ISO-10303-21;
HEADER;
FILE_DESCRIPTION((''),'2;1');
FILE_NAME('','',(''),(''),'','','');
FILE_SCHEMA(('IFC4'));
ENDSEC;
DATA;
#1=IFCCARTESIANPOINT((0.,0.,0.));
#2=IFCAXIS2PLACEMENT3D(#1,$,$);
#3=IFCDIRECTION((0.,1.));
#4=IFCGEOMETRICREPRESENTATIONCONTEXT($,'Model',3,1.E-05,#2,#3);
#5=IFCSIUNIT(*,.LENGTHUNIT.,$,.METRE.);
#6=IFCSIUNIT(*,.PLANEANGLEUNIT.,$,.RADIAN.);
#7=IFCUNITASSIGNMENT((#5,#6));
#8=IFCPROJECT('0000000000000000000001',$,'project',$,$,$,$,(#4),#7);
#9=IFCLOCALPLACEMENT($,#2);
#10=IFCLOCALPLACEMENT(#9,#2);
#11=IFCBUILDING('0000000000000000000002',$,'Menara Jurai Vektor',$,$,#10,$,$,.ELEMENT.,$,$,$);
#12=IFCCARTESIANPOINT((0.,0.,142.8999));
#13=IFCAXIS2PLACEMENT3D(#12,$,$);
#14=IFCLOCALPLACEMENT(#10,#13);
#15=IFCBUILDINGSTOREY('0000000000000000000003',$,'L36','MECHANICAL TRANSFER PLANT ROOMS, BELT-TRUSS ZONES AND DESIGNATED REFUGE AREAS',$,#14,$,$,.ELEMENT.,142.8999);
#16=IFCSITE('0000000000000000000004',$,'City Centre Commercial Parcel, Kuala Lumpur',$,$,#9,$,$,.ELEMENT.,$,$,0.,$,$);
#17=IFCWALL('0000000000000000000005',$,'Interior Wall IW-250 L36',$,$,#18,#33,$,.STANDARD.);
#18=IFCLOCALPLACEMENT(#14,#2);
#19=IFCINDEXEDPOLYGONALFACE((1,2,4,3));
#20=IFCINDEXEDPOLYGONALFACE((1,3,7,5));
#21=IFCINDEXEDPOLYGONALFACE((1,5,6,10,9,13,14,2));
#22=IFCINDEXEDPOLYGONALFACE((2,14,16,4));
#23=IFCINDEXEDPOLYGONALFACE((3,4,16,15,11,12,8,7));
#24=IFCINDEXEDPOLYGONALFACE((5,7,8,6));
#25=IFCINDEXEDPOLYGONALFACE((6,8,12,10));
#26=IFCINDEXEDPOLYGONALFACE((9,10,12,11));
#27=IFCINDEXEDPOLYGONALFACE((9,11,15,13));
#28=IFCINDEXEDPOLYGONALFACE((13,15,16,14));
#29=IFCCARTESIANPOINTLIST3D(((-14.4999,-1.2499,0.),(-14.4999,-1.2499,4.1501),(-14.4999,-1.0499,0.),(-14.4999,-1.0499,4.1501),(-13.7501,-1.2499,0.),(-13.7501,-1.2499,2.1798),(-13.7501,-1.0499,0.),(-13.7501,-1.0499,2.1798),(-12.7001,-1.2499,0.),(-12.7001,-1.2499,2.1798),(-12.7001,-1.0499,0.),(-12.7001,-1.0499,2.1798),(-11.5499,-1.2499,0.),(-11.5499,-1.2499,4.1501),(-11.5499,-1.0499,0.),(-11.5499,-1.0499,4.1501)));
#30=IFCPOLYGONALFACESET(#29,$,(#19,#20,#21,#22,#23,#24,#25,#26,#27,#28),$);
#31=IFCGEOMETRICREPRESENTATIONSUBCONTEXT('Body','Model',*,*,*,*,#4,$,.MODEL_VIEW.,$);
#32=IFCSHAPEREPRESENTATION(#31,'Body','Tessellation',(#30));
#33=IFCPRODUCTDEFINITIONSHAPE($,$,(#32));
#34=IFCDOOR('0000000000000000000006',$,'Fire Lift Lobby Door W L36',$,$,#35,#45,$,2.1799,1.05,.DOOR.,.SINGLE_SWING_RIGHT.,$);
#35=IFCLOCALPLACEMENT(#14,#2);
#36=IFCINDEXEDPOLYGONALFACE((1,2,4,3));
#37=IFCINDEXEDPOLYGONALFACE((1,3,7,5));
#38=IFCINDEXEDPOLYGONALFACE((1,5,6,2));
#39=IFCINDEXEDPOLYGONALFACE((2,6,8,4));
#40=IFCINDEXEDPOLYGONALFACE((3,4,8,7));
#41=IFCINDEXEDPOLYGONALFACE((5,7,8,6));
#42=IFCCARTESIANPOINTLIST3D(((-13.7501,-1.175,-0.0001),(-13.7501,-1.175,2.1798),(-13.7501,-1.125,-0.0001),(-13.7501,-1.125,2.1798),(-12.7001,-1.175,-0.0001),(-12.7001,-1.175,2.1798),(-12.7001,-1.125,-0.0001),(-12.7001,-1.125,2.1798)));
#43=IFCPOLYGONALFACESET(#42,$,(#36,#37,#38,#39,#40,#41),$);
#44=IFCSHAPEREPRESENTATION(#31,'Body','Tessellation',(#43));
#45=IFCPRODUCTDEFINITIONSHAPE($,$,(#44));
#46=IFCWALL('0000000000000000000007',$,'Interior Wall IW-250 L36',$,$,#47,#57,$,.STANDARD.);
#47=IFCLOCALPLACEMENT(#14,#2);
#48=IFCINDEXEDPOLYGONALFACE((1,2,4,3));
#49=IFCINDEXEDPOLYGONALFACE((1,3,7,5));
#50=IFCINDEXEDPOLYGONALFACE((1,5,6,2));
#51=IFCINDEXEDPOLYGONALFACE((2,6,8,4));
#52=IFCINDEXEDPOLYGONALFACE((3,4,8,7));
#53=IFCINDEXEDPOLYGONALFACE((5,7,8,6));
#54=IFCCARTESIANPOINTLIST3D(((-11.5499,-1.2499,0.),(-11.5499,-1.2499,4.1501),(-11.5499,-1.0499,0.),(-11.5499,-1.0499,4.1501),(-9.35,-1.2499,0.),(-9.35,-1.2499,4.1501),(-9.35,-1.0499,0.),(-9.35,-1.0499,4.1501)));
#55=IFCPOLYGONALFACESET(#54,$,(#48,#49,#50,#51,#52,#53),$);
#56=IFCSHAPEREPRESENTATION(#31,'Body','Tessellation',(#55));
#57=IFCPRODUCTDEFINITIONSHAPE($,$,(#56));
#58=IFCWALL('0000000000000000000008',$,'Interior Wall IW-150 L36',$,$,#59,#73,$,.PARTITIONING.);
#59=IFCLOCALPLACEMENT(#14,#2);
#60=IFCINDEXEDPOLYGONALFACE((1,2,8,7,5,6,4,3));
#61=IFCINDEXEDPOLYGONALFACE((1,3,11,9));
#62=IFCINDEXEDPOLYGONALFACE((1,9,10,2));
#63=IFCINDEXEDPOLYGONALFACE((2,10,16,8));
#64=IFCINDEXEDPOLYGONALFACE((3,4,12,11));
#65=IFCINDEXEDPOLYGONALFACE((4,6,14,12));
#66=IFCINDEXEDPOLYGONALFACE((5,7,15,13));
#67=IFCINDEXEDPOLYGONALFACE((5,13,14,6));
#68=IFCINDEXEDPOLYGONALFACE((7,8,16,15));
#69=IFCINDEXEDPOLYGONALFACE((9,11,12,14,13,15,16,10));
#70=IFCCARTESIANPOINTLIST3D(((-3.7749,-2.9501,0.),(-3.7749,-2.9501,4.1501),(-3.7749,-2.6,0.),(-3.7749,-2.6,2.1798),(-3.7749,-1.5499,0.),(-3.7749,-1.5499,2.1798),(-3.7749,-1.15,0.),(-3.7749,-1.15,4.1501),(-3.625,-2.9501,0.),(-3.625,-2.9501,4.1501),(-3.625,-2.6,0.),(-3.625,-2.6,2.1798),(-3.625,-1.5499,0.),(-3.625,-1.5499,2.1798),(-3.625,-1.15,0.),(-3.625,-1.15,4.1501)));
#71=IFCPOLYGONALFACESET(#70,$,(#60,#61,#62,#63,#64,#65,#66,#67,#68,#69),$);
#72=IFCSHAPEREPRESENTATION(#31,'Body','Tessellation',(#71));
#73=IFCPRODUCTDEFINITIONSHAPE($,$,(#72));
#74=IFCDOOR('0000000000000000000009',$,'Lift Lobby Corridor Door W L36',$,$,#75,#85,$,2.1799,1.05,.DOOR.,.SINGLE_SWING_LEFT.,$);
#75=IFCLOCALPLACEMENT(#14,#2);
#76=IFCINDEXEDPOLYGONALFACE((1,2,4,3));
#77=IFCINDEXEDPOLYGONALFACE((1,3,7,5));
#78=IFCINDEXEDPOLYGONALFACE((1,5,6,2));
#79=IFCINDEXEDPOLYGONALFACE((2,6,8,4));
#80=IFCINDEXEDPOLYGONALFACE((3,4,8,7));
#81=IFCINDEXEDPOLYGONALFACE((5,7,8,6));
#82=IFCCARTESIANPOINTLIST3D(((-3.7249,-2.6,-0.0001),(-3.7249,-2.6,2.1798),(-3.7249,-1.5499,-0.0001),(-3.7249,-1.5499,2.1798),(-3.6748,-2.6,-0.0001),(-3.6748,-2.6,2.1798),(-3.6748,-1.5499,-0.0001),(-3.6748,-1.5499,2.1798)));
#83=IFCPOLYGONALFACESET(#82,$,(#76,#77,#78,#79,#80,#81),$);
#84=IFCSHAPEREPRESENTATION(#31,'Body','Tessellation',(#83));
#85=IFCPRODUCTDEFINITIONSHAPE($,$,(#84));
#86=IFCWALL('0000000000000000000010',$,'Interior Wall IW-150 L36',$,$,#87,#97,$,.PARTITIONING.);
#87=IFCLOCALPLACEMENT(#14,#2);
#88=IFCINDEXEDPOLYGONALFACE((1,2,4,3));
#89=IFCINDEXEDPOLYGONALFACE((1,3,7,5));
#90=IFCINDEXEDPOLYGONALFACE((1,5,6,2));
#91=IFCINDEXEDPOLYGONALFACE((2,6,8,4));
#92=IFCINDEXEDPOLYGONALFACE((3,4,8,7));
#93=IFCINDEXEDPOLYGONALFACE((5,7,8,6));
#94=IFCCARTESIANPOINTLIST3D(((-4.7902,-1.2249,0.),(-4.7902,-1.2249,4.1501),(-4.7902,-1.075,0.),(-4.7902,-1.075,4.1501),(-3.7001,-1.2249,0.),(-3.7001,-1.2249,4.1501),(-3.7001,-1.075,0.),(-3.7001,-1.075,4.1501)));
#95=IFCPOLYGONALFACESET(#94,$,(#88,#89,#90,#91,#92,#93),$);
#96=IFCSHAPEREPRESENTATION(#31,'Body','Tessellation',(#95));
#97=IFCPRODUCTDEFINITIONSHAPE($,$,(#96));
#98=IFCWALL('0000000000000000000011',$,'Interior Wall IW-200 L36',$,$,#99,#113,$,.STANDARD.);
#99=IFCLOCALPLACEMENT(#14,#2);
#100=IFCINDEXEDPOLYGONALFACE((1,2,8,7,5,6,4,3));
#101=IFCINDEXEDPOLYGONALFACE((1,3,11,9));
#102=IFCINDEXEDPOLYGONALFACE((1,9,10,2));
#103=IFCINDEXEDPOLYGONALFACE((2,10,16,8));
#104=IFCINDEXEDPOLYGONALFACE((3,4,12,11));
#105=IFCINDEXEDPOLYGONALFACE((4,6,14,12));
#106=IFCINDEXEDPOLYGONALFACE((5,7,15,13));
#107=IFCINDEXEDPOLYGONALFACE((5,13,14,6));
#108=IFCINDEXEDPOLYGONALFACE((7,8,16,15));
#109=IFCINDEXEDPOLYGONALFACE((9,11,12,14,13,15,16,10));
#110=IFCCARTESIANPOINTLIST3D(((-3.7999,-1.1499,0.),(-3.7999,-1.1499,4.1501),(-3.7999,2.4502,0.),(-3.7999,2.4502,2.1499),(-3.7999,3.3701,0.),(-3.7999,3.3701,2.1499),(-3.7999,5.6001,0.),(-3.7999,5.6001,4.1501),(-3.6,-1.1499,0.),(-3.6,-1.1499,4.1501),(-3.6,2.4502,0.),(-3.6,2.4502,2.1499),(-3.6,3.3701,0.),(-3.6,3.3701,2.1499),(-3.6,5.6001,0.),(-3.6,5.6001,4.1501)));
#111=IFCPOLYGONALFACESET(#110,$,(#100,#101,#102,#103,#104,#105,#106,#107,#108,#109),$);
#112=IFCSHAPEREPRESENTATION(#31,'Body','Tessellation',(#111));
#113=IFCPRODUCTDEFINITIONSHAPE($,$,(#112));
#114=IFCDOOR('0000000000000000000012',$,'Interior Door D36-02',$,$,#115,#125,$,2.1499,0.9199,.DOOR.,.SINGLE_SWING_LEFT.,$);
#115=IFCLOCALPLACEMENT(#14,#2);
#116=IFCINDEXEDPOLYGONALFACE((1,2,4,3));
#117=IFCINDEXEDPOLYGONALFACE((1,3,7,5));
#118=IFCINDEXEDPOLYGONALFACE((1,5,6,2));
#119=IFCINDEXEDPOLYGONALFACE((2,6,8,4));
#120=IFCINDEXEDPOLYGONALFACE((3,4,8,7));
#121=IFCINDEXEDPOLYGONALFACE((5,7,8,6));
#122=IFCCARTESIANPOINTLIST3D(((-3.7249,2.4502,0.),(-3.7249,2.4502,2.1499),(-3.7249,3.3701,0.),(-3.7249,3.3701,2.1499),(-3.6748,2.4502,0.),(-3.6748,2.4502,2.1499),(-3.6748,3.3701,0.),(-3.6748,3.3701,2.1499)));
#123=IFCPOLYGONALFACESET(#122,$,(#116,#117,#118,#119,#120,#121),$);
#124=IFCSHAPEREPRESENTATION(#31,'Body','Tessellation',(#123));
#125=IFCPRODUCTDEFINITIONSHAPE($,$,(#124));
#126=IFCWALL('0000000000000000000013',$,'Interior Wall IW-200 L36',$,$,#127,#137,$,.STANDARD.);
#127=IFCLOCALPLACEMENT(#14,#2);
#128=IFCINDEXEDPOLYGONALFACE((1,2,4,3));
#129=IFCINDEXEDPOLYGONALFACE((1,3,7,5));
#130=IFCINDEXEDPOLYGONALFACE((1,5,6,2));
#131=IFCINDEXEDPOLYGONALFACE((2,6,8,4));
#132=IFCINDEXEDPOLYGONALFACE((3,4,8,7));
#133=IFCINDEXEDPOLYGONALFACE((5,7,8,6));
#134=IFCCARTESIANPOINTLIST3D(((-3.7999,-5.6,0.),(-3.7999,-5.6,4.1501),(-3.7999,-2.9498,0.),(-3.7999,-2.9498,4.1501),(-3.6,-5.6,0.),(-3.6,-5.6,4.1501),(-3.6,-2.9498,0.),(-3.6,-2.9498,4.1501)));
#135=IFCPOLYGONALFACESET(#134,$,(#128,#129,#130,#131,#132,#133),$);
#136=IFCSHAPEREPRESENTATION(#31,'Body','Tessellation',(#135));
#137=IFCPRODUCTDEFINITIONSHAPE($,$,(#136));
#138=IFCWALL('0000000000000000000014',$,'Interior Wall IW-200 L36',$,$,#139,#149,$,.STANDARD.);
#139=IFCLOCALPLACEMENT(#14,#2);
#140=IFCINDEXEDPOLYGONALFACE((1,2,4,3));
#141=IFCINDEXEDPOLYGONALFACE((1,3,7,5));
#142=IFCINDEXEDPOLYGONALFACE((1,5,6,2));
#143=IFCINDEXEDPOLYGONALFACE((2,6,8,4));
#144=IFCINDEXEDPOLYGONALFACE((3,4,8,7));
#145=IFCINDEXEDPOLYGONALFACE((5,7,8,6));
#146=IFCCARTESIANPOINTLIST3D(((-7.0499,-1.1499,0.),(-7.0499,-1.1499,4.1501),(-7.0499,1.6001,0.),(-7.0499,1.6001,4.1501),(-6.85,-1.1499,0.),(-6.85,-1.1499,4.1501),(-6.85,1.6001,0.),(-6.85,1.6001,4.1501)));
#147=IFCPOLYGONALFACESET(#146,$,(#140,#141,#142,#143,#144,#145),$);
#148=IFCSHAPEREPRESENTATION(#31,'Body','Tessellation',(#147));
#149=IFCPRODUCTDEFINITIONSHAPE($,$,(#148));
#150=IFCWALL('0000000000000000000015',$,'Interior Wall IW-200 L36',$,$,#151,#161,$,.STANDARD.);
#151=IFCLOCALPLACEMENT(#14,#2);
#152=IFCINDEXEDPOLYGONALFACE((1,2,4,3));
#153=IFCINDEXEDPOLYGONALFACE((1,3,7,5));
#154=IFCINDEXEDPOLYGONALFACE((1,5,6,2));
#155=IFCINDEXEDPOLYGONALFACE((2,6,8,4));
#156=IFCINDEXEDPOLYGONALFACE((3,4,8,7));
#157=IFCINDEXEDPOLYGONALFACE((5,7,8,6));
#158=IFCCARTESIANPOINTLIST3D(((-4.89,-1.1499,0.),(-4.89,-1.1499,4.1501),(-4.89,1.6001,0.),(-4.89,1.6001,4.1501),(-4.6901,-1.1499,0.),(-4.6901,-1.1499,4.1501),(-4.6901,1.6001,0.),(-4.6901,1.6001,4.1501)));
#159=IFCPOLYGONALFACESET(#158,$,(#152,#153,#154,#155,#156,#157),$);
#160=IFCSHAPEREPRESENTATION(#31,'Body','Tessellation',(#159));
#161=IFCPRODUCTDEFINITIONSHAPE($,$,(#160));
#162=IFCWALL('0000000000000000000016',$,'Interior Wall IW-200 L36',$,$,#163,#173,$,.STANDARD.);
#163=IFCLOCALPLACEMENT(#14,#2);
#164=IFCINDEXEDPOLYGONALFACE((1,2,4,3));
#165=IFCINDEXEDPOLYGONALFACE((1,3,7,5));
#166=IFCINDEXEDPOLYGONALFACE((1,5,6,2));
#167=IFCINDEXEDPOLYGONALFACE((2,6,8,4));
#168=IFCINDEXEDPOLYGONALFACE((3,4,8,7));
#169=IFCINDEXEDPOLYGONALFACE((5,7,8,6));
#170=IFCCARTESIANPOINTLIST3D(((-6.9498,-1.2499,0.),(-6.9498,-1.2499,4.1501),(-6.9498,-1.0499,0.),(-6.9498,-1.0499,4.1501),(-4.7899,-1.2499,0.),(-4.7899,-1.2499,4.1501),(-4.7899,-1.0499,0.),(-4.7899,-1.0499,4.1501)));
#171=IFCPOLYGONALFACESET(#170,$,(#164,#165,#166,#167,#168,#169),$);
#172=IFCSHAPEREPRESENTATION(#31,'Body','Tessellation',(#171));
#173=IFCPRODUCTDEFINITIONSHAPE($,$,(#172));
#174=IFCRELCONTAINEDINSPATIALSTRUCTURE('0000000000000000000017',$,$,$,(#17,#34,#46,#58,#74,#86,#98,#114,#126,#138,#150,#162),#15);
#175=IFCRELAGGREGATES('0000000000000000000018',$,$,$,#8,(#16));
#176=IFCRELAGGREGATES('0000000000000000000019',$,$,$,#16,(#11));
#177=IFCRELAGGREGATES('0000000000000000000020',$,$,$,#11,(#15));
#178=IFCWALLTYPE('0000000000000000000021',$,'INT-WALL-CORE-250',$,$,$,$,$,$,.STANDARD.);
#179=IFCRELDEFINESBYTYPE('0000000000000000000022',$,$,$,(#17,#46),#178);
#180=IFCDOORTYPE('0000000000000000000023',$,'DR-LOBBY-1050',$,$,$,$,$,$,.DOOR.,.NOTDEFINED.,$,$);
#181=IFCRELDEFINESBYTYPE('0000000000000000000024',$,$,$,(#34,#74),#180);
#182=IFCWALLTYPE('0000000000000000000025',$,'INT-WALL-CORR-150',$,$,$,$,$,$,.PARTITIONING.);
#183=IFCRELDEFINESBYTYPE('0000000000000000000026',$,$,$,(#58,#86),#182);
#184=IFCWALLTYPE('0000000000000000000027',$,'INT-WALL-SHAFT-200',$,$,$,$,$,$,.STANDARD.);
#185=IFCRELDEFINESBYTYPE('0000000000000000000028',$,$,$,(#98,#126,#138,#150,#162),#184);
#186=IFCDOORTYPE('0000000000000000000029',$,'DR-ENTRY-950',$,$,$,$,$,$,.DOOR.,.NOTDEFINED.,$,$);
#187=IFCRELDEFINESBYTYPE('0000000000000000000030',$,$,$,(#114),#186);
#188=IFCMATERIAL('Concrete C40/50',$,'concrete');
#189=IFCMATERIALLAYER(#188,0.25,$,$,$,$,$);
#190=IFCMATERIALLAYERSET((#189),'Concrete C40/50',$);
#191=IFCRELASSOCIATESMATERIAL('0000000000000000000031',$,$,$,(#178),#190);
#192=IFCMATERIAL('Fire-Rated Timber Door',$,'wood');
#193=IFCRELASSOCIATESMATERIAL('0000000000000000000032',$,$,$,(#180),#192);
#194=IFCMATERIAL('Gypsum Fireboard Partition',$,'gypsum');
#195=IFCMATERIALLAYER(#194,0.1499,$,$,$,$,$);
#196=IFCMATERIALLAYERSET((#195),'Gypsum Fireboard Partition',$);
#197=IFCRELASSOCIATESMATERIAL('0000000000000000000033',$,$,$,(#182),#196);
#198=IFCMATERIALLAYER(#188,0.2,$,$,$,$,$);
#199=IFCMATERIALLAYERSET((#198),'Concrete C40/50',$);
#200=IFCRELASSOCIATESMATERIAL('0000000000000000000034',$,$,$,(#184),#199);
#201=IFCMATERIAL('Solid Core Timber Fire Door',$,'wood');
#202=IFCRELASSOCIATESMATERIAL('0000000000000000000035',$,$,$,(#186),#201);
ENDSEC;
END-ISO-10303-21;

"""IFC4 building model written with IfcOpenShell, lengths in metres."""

from ifc_helpers import new_model, si_unit, direction, frame, frame_2d, origin, place, context, subcontext, project, spatial, rectangle, extrude, material, layer, layer_set, type_object, element, fill, save


model = new_model("IFC4")

# Units and contexts
model_context = context("Model", 3, precision=1e-05, world=origin(), true_north=direction((0.0, 1.0)))
body_context = subcontext(model_context, "Body", "Model", "MODEL_VIEW")
ifc_project = project(units=[si_unit("LENGTHUNIT", "METRE"), si_unit("PLANEANGLEUNIT", "RADIAN")], contexts=[model_context])

# Site, building, storey
site_placement = place(None, origin())
site = spatial("IfcSite", under=ifc_project, at=site_placement, Name="City Centre Commercial Parcel, Kuala Lumpur", CompositionType="ELEMENT", RefElevation=0.0)
building_placement = place(site_placement, origin())
building = spatial("IfcBuilding", under=site, at=building_placement, Name="Menara Jurai Vektor", CompositionType="ELEMENT")
storey_placement = place(building_placement, frame((0.0, 0.0, 142.8999)))
storey = spatial("IfcBuildingStorey", under=building, at=storey_placement, Name="L36", Description="MECHANICAL TRANSFER PLANT ROOMS, BELT-TRUSS ZONES AND DESIGNATED REFUGE AREAS", CompositionType="ELEMENT", Elevation=142.8999)

# Shared definitions
ifc_material_1 = material(Name="Concrete C40/50", Category="concrete")
ifc_layer_1 = layer(ifc_material_1, 0.25)
ifc_layer_set_1 = layer_set([ifc_layer_1], Name="Concrete C40/50")
wall_type_1 = type_object("IfcWallType", Name="INT-WALL-CORE-250", PredefinedType="STANDARD", material=ifc_layer_set_1)

# Wall, opening, door
wall_1_placement = place(storey_placement, frame((-14.5, -1.1499, 0.0), z_axis=(0.0, 0.0, 1.0), x_axis=(1.0, 0.0, 0.0)))
wall_1 = element("IfcWall", 1, at=wall_1_placement, inside=storey, type_object=wall_type_1, Name="Interior Wall IW-250 L36", PredefinedType="STANDARD", context=body_context, shape_type="SweptSolid", body=[
    extrude(rectangle(XDim=2.95, YDim=0.2, at=frame_2d((1.4751, 0.0))), origin(), (0.0, 0.0, 1.0), 4.1501),
])
opening_1_placement = place(wall_1_placement, frame((0.75, 0.0, 0.0)))
opening_1 = element("IfcOpeningElement", 2, at=opening_1_placement, cuts=wall_1, PredefinedType="OPENING", context=body_context, shape_type="SweptSolid", body=[
    extrude(rectangle(XDim=1.05, YDim=2.1799, at=frame_2d((0.5249, 1.0898))), frame((0.0, 0.1099, 0.0), z_axis=(0.0, -1.0, 0.0), x_axis=(1.0, 0.0, 0.0)), (0.0, 0.0, 1.0), 0.22),
])
ifc_material_2 = material(Name="Fire-Rated Timber Door", Category="wood")
door_type_1 = type_object("IfcDoorType", Name="DR-LOBBY-1050", OperationType="NOTDEFINED", PredefinedType="DOOR", material=ifc_material_2)
door_1_placement = place(opening_1_placement, origin())
door_1 = element("IfcDoor", 3, at=door_1_placement, inside=storey, type_object=door_type_1, Name="Fire Lift Lobby Door W L36", OperationType="SINGLE_SWING_RIGHT", OverallHeight=2.1799, OverallWidth=1.05, PredefinedType="DOOR", context=body_context, shape_type="SweptSolid", body=[
    extrude(rectangle(XDim=1.05, YDim=2.1799, at=frame_2d((0.5249, 1.0898))), frame((0.0, 0.0249, 0.0), z_axis=(0.0, -1.0, 0.0), x_axis=(1.0, 0.0, 0.0)), (0.0, 0.0, 1.0), 0.05),
])
fill(opening_1, door_1)

# Wall
wall_2_placement = place(storey_placement, frame((-11.55, -1.1499, 0.0), z_axis=(0.0, 0.0, 1.0), x_axis=(1.0, 0.0, 0.0)))
element("IfcWall", 4, at=wall_2_placement, inside=storey, type_object=wall_type_1, Name="Interior Wall IW-250 L36", PredefinedType="STANDARD", context=body_context, shape_type="SweptSolid", body=[
    extrude(rectangle(XDim=2.2, YDim=0.2, at=frame_2d((1.1001, 0.0))), origin(), (0.0, 0.0, 1.0), 4.1501),
])

# Wall, opening, door
ifc_material_3 = material(Name="Gypsum Fireboard Partition", Category="gypsum")
ifc_layer_2 = layer(ifc_material_3, 0.1499)
ifc_layer_set_2 = layer_set([ifc_layer_2], Name="Gypsum Fireboard Partition")
wall_type_2 = type_object("IfcWallType", Name="INT-WALL-CORR-150", PredefinedType="PARTITIONING", material=ifc_layer_set_2)
wall_3_placement = place(storey_placement, frame((-3.7, -2.95, 0.0), z_axis=(0.0, 0.0, 1.0), x_axis=(0.0, 1.0, 0.0)))
wall_3 = element("IfcWall", 5, at=wall_3_placement, inside=storey, type_object=wall_type_2, Name="Interior Wall IW-150 L36", PredefinedType="PARTITIONING", context=body_context, shape_type="SweptSolid", body=[
    extrude(rectangle(XDim=1.8, YDim=0.1499, at=frame_2d((0.8999, 0.0))), origin(), (0.0, 0.0, 1.0), 4.1501),
])
opening_2_placement = place(wall_3_placement, frame((0.3501, 0.0, 0.0)))
opening_2 = element("IfcOpeningElement", 6, at=opening_2_placement, cuts=wall_3, PredefinedType="OPENING", context=body_context, shape_type="SweptSolid", body=[
    extrude(rectangle(XDim=1.05, YDim=2.1799, at=frame_2d((0.5249, 1.0898))), frame((0.0, 0.085, 0.0), z_axis=(0.0, -1.0, 0.0), x_axis=(1.0, 0.0, 0.0)), (0.0, 0.0, 1.0), 0.1699),
])
door_2_placement = place(opening_2_placement, origin())
door_2 = element("IfcDoor", 7, at=door_2_placement, inside=storey, type_object=door_type_1, Name="Lift Lobby Corridor Door W L36", OperationType="SINGLE_SWING_LEFT", OverallHeight=2.1799, OverallWidth=1.05, PredefinedType="DOOR", context=body_context, shape_type="SweptSolid", body=[
    extrude(rectangle(XDim=1.05, YDim=2.1799, at=frame_2d((0.5249, 1.0898))), frame((0.0, 0.0249, 0.0), z_axis=(0.0, -1.0, 0.0), x_axis=(1.0, 0.0, 0.0)), (0.0, 0.0, 1.0), 0.05),
])
fill(opening_2, door_2)

# Wall
wall_4_placement = place(storey_placement, frame((-4.79, -1.1499, 0.0), z_axis=(0.0, 0.0, 1.0), x_axis=(1.0, 0.0, 0.0)))
element("IfcWall", 8, at=wall_4_placement, inside=storey, type_object=wall_type_2, Name="Interior Wall IW-150 L36", PredefinedType="PARTITIONING", context=body_context, shape_type="SweptSolid", body=[
    extrude(rectangle(XDim=1.0901, YDim=0.1499, at=frame_2d((0.5449, 0.0))), origin(), (0.0, 0.0, 1.0), 4.1501),
])

# Wall, opening, door
ifc_layer_3 = layer(ifc_material_1, 0.2)
ifc_layer_set_3 = layer_set([ifc_layer_3], Name="Concrete C40/50")
wall_type_3 = type_object("IfcWallType", Name="INT-WALL-SHAFT-200", PredefinedType="STANDARD", material=ifc_layer_set_3)
wall_5_placement = place(storey_placement, frame((-3.7, -1.1499, 0.0), z_axis=(0.0, 0.0, 1.0), x_axis=(0.0, 1.0, 0.0)))
wall_5 = element("IfcWall", 9, at=wall_5_placement, inside=storey, type_object=wall_type_3, Name="Interior Wall IW-200 L36", PredefinedType="STANDARD", context=body_context, shape_type="SweptSolid", body=[
    extrude(rectangle(XDim=6.75, YDim=0.2, at=frame_2d((3.375, 0.0))), origin(), (0.0, 0.0, 1.0), 4.1501),
])
opening_3_placement = place(wall_5_placement, frame((3.6001, 0.0, 0.0)))
opening_3 = element("IfcOpeningElement", 10, at=opening_3_placement, cuts=wall_5, PredefinedType="OPENING", context=body_context, shape_type="SweptSolid", body=[
    extrude(rectangle(XDim=0.9199, YDim=2.1499, at=frame_2d((0.46, 1.075))), frame((0.0, 0.1099, 0.0), z_axis=(0.0, -1.0, 0.0), x_axis=(1.0, 0.0, 0.0)), (0.0, 0.0, 1.0), 0.22),
])
ifc_material_4 = material(Name="Solid Core Timber Fire Door", Category="wood")
door_type_2 = type_object("IfcDoorType", Name="DR-ENTRY-950", OperationType="NOTDEFINED", PredefinedType="DOOR", material=ifc_material_4)
door_3_placement = place(opening_3_placement, origin())
door_3 = element("IfcDoor", 11, at=door_3_placement, inside=storey, type_object=door_type_2, Name="Interior Door D36-02", OperationType="SINGLE_SWING_LEFT", OverallHeight=2.1499, OverallWidth=0.9199, PredefinedType="DOOR", context=body_context, shape_type="SweptSolid", body=[
    extrude(rectangle(XDim=0.9199, YDim=2.1499, at=frame_2d((0.46, 1.075))), frame((0.0, 0.0249, 0.0), z_axis=(0.0, -1.0, 0.0), x_axis=(1.0, 0.0, 0.0)), (0.0, 0.0, 1.0), 0.05),
])
fill(opening_3, door_3)

# Walls
wall_6_placement = place(storey_placement, frame((-3.7, -5.6001, 0.0), z_axis=(0.0, 0.0, 1.0), x_axis=(0.0, 1.0, 0.0)))
element("IfcWall", 12, at=wall_6_placement, inside=storey, type_object=wall_type_3, Name="Interior Wall IW-200 L36", PredefinedType="STANDARD", context=body_context, shape_type="SweptSolid", body=[
    extrude(rectangle(XDim=2.6501, YDim=0.2, at=frame_2d((1.3252, 0.0))), origin(), (0.0, 0.0, 1.0), 4.1501),
])
wall_7_placement = place(storey_placement, frame((-6.95, -1.1499, 0.0), z_axis=(0.0, 0.0, 1.0), x_axis=(0.0, 1.0, 0.0)))
element("IfcWall", 13, at=wall_7_placement, inside=storey, type_object=wall_type_3, Name="Interior Wall IW-200 L36", PredefinedType="STANDARD", context=body_context, shape_type="SweptSolid", body=[
    extrude(rectangle(XDim=2.75, YDim=0.2, at=frame_2d((1.375, 0.0))), origin(), (0.0, 0.0, 1.0), 4.1501),
])

# Walls
wall_8_placement = place(storey_placement, frame((-4.79, -1.1499, 0.0), z_axis=(0.0, 0.0, 1.0), x_axis=(0.0, 1.0, 0.0)))
element("IfcWall", 14, at=wall_8_placement, inside=storey, type_object=wall_type_3, Name="Interior Wall IW-200 L36", PredefinedType="STANDARD", context=body_context, shape_type="SweptSolid", body=[
    extrude(rectangle(XDim=2.75, YDim=0.2, at=frame_2d((1.375, 0.0))), origin(), (0.0, 0.0, 1.0), 4.1501),
])
wall_9_placement = place(storey_placement, frame((-6.95, -1.1499, 0.0), z_axis=(0.0, 0.0, 1.0), x_axis=(1.0, 0.0, 0.0)))
element("IfcWall", 15, at=wall_9_placement, inside=storey, type_object=wall_type_3, Name="Interior Wall IW-200 L36", PredefinedType="STANDARD", context=body_context, shape_type="SweptSolid", body=[
    extrude(rectangle(XDim=2.1599, YDim=0.2, at=frame_2d((1.0801, 0.0))), origin(), (0.0, 0.0, 1.0), 4.1501),
])

save(model, "model.ifc")
